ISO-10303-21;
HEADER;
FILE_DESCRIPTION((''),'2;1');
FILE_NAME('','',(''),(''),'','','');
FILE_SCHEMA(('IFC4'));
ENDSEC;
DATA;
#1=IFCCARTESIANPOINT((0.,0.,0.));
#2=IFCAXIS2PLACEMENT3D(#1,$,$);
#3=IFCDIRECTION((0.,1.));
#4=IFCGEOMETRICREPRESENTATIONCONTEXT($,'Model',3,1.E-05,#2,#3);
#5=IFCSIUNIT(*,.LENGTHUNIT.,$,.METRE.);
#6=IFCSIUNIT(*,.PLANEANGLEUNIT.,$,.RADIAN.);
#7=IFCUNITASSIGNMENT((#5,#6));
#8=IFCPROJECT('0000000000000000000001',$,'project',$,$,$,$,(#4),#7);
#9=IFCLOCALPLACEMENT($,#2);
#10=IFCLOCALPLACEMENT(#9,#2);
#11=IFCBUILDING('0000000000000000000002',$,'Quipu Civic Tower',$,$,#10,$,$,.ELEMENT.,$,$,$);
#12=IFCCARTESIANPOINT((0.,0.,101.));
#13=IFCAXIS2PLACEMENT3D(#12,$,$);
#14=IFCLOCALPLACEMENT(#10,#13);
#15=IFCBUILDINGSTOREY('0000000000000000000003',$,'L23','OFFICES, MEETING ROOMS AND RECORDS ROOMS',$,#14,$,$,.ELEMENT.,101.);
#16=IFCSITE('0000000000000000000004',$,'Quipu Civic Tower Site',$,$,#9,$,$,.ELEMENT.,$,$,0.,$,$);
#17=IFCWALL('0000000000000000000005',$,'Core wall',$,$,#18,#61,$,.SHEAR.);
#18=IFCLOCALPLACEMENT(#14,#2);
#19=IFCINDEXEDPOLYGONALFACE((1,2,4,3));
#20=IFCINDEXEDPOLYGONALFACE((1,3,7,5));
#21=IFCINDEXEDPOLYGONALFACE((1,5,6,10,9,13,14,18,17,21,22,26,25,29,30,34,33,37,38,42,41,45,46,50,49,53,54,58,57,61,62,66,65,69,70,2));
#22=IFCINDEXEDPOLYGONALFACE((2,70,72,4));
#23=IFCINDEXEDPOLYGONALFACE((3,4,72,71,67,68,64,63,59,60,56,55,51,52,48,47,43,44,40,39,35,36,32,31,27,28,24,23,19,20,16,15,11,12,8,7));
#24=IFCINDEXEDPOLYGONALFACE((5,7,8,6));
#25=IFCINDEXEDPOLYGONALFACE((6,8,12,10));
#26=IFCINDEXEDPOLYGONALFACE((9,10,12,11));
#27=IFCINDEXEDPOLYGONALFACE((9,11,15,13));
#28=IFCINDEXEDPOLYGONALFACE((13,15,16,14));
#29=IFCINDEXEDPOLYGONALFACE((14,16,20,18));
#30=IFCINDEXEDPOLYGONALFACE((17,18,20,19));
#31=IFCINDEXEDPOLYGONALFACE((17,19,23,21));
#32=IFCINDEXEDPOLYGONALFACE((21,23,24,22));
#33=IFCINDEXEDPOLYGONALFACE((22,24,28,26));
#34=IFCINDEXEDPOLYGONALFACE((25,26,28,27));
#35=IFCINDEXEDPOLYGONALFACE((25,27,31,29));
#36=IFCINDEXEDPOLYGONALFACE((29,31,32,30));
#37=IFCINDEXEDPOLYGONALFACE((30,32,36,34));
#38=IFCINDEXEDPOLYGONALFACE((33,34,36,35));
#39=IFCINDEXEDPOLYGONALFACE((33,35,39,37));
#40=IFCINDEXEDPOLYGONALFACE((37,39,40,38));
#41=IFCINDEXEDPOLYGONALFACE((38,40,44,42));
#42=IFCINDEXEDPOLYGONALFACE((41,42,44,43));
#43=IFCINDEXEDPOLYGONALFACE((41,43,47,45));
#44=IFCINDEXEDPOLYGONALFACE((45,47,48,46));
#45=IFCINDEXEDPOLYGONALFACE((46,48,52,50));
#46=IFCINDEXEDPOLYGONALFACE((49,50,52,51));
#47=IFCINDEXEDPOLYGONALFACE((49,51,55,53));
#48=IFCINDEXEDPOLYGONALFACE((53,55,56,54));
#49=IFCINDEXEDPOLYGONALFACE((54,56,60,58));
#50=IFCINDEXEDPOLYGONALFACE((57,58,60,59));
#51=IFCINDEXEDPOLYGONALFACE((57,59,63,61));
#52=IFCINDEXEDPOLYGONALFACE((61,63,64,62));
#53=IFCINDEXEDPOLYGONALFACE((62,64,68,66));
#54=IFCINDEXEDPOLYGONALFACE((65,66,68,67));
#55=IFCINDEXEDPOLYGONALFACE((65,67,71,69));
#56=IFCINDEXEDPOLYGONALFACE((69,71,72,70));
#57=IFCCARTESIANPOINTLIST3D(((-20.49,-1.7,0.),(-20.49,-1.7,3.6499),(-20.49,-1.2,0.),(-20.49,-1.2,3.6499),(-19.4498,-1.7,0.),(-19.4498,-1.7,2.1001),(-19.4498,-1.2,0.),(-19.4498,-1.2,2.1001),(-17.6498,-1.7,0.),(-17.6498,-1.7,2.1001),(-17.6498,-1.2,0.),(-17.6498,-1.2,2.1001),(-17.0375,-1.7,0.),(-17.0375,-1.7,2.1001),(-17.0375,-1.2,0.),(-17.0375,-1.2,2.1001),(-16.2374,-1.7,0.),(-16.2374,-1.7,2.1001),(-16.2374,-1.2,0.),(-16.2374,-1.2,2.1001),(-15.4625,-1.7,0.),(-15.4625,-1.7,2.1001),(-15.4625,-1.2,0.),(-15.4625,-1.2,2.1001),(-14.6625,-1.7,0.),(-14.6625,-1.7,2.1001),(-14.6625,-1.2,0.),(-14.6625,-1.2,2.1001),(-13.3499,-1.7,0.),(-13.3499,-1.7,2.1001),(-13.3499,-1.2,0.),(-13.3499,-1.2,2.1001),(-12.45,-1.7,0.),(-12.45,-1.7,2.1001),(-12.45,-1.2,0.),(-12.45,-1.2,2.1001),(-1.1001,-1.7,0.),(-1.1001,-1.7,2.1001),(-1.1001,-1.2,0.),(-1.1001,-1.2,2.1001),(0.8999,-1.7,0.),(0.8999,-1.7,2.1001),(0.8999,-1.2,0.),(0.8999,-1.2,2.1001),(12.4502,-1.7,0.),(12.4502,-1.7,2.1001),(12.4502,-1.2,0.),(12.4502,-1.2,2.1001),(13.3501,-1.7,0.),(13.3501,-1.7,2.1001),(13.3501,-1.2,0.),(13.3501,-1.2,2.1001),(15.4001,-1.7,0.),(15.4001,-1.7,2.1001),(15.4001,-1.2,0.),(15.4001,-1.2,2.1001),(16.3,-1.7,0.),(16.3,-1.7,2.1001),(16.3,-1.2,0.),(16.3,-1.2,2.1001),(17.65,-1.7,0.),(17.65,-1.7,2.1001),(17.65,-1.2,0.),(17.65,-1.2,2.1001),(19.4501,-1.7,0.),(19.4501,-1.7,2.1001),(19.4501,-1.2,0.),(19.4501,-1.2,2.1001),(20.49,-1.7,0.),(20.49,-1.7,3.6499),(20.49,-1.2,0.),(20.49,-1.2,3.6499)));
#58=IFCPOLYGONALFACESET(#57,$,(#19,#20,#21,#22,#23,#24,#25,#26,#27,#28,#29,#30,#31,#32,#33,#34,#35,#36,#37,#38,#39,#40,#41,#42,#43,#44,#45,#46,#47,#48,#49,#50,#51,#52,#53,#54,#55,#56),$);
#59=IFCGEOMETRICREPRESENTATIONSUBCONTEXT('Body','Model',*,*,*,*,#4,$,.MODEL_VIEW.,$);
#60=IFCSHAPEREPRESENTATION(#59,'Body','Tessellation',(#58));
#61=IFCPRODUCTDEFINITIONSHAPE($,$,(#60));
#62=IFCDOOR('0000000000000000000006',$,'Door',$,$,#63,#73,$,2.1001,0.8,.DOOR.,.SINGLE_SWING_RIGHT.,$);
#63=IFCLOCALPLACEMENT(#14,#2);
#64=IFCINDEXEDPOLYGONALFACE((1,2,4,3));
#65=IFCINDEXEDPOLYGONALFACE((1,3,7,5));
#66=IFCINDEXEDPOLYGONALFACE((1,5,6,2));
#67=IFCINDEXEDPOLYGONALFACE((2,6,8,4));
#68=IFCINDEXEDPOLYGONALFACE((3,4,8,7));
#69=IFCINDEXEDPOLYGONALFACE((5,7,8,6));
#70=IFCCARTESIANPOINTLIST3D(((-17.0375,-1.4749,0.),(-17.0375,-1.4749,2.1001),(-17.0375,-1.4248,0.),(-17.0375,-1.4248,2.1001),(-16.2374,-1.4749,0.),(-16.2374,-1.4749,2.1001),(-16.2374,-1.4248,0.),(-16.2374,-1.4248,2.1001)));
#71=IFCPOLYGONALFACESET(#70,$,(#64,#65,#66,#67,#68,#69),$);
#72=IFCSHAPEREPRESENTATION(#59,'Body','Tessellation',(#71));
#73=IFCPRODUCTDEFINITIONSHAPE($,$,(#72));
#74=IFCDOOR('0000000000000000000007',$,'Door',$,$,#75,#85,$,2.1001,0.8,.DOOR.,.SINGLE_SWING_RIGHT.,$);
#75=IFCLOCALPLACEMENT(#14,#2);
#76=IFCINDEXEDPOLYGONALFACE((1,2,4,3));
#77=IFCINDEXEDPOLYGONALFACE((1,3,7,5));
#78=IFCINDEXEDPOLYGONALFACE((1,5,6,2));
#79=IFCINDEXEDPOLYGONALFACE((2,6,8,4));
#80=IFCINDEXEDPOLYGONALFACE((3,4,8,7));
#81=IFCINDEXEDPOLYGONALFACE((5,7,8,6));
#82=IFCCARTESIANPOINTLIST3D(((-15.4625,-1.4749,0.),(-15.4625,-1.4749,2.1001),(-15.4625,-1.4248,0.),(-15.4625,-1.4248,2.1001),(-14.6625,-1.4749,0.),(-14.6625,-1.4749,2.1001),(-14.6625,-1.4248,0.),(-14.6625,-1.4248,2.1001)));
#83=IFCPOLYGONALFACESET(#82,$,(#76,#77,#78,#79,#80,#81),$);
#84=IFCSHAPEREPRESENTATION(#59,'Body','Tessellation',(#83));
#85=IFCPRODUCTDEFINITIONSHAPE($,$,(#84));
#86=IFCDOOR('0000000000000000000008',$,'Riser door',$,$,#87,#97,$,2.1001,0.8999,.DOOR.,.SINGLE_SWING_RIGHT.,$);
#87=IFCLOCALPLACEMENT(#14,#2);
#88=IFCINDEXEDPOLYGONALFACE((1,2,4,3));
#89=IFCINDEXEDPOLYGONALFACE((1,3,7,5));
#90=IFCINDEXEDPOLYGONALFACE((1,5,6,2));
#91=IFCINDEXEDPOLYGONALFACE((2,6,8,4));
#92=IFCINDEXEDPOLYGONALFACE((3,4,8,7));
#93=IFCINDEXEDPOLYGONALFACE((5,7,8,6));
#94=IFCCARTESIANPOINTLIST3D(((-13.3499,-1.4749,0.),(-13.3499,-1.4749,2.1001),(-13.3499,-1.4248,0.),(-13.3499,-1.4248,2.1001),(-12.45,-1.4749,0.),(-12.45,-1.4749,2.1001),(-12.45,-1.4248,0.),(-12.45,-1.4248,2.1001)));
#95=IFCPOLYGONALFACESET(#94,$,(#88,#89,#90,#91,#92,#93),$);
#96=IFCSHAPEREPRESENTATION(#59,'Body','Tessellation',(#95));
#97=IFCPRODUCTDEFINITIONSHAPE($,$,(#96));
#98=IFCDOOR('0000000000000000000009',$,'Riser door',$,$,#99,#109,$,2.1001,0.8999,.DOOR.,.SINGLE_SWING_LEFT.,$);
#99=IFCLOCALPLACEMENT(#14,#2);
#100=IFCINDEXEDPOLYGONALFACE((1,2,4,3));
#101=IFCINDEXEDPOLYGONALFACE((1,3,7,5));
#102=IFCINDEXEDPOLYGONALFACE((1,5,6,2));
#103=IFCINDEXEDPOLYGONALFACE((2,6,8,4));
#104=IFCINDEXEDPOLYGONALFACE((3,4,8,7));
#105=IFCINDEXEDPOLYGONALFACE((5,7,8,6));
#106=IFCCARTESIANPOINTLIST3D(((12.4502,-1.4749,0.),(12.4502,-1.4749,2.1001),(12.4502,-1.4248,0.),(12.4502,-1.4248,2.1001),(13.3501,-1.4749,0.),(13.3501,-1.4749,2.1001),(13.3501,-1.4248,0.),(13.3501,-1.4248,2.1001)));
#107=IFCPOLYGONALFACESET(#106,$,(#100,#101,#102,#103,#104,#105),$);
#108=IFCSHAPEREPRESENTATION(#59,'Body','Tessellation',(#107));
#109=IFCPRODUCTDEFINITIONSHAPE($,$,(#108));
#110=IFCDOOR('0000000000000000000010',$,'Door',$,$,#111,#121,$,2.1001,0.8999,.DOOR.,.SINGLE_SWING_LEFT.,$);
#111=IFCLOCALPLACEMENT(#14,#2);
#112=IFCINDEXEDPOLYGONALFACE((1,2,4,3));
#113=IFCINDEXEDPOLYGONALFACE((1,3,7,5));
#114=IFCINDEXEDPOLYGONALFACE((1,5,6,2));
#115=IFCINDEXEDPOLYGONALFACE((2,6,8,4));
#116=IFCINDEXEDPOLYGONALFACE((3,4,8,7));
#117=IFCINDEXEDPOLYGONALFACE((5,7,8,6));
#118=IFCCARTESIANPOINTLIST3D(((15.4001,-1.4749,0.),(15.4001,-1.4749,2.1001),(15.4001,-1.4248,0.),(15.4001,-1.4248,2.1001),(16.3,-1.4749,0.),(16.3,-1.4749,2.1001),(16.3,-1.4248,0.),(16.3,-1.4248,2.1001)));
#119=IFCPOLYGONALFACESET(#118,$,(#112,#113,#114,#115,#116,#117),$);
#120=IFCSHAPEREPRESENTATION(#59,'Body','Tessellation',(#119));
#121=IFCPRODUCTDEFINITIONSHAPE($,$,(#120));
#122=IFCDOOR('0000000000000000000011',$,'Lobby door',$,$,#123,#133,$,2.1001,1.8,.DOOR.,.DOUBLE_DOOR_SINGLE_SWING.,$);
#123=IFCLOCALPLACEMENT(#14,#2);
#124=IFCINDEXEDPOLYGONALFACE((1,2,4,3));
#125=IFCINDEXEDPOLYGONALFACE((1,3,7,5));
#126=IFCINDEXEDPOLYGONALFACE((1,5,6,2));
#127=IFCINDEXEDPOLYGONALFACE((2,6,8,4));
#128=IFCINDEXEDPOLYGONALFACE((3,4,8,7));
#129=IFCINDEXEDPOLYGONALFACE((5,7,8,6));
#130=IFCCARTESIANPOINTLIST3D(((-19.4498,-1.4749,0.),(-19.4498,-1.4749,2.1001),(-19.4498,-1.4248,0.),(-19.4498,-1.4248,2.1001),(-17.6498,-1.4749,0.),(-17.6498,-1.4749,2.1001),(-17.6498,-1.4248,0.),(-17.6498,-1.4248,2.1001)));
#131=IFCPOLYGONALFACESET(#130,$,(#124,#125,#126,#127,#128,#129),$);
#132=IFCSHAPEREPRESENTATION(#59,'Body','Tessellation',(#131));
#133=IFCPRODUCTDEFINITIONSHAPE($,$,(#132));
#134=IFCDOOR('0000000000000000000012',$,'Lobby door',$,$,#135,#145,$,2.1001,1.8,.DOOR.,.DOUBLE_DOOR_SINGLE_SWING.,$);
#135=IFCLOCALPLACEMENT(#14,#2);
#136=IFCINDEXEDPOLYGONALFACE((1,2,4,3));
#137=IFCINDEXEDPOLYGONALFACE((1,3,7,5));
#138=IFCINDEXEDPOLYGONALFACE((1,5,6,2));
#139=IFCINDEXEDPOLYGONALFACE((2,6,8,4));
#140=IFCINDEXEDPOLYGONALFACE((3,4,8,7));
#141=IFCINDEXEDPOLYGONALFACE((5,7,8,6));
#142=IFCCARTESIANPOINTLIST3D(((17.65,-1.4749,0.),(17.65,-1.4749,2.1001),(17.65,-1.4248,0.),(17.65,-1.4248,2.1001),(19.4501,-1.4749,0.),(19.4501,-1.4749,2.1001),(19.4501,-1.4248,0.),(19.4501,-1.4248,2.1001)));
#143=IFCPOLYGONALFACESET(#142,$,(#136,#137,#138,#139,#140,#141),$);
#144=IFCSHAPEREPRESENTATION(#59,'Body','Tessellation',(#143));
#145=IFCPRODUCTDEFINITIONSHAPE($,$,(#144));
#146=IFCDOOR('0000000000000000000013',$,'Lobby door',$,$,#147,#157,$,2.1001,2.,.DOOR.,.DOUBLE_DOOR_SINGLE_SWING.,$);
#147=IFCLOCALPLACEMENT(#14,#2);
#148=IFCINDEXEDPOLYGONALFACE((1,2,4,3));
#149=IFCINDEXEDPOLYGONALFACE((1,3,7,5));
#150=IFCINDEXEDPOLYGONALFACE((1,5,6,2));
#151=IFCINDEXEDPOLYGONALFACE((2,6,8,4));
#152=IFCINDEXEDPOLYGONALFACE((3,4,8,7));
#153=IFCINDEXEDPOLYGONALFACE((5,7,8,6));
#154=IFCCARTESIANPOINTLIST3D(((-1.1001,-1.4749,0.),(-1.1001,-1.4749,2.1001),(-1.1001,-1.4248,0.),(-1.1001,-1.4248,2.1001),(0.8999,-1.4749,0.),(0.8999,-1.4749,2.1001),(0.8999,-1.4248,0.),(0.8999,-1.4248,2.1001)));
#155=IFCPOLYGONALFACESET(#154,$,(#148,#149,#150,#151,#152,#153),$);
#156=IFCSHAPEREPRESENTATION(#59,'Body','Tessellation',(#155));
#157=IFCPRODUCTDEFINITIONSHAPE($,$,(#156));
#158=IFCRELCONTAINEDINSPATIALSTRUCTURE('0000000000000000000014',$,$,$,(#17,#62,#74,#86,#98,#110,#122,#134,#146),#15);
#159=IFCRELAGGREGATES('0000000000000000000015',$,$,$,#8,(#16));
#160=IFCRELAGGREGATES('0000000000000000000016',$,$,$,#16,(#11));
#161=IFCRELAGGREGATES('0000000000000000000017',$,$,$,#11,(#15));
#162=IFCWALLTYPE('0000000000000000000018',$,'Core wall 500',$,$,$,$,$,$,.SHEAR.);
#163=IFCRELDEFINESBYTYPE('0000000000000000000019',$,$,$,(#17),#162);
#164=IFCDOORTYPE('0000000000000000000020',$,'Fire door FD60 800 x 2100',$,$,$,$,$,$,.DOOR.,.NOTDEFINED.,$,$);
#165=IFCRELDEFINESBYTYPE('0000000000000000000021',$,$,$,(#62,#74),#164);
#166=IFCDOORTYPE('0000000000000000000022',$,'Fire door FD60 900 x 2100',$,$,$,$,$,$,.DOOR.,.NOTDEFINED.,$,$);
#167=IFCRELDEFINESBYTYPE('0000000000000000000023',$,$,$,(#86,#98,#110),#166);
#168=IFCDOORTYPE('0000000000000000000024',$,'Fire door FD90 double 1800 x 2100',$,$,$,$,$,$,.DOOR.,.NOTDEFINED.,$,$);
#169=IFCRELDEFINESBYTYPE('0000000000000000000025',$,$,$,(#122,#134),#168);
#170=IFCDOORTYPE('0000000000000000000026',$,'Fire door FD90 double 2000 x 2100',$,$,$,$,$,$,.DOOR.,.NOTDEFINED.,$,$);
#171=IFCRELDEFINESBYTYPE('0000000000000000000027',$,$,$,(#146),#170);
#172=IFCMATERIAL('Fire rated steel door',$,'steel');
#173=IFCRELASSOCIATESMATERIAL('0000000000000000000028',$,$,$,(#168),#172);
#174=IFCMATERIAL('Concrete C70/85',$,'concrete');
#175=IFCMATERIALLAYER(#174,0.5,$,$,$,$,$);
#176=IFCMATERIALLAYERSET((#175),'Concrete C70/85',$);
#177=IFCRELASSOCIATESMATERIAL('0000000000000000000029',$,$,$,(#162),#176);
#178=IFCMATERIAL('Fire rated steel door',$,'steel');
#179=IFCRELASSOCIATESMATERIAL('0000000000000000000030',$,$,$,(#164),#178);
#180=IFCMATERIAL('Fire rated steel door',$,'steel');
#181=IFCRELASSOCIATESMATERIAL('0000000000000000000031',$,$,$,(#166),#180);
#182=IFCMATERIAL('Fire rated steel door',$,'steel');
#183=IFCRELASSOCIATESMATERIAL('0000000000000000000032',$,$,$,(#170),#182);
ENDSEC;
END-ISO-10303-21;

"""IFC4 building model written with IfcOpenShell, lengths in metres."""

from ifc_helpers import new_model, si_unit, direction, frame, frame_2d, origin, place, context, subcontext, project, spatial, rectangle, extrude, material, layer, layer_set, type_object, element, fill, save


model = new_model("IFC4")

# Units and contexts
model_context = context("Model", 3, precision=1e-05, world=origin(), true_north=direction((0.0, 1.0)))
body_context = subcontext(model_context, "Body", "Model", "MODEL_VIEW")
ifc_project = project(units=[si_unit("LENGTHUNIT", "METRE"), si_unit("PLANEANGLEUNIT", "RADIAN")], contexts=[model_context])

# Site, building, storey
site_placement = place(None, origin())
site = spatial("IfcSite", under=ifc_project, at=site_placement, Name="Quipu Civic Tower Site", CompositionType="ELEMENT", RefElevation=0.0)
building_placement = place(site_placement, origin())
building = spatial("IfcBuilding", under=site, at=building_placement, Name="Quipu Civic Tower", CompositionType="ELEMENT")
storey_placement = place(building_placement, frame((0.0, 0.0, 101.0)))
storey = spatial("IfcBuildingStorey", under=building, at=storey_placement, Name="L23", Description="OFFICES, MEETING ROOMS AND RECORDS ROOMS", CompositionType="ELEMENT", Elevation=101.0)

# Shared definitions
ifc_material_1 = material(Name="Fire rated steel door", Category="steel")
door_type_1 = type_object("IfcDoorType", Name="Fire door FD90 double 1800 x 2100", OperationType="NOTDEFINED", PredefinedType="DOOR", material=ifc_material_1)

# Shared definitions
ifc_material_2 = material(Name="Concrete C70/85", Category="concrete")
ifc_layer_1 = layer(ifc_material_2, 0.5)
ifc_layer_set_1 = layer_set([ifc_layer_1], Name="Concrete C70/85")
wall_type_1 = type_object("IfcWallType", Name="Core wall 500", PredefinedType="SHEAR", material=ifc_layer_set_1)

# Wall, openings, doors
wall_1_placement = place(storey_placement, frame((20.49, -1.45, 0.0), z_axis=(0.0, 0.0, 1.0), x_axis=(-1.0, 0.0, 0.0)))
wall_1 = element("IfcWall", 1, at=wall_1_placement, inside=storey, type_object=wall_type_1, Name="Core wall", PredefinedType="SHEAR", context=body_context, shape_type="SweptSolid", body=[
    extrude(rectangle(XDim=40.98, YDim=0.5, at=frame_2d((20.49, 0.0))), origin(), (0.0, 0.0, 1.0), 3.6499),
])
opening_1_placement = place(wall_1_placement, frame((38.1399, 0.0, 0.0)))
opening_1 = element("IfcOpeningElement", 2, at=opening_1_placement, cuts=wall_1, PredefinedType="OPENING", context=body_context, shape_type="SweptSolid", body=[
    extrude(rectangle(XDim=1.8, YDim=2.1001, at=frame_2d((0.8999, 1.05))), frame((0.0, 0.26, 0.0), z_axis=(0.0, -1.0, 0.0), x_axis=(1.0, 0.0, 0.0)), (0.0, 0.0, 1.0), 0.52),
])
opening_2_placement = place(wall_1_placement, frame((36.7275, 0.0, 0.0)))
opening_2 = element("IfcOpeningElement", 3, at=opening_2_placement, cuts=wall_1, PredefinedType="OPENING", context=body_context, shape_type="SweptSolid", body=[
    extrude(rectangle(XDim=0.8, YDim=2.1001, at=frame_2d((0.3999, 1.05))), frame((0.0, 0.26, 0.0), z_axis=(0.0, -1.0, 0.0), x_axis=(1.0, 0.0, 0.0)), (0.0, 0.0, 1.0), 0.52),
])
opening_3_placement = place(wall_1_placement, frame((35.1526, 0.0, 0.0)))
opening_3 = element("IfcOpeningElement", 4, at=opening_3_placement, cuts=wall_1, PredefinedType="OPENING", context=body_context, shape_type="SweptSolid", body=[
    extrude(rectangle(XDim=0.8, YDim=2.1001, at=frame_2d((0.3999, 1.05))), frame((0.0, 0.26, 0.0), z_axis=(0.0, -1.0, 0.0), x_axis=(1.0, 0.0, 0.0)), (0.0, 0.0, 1.0), 0.52),
])
opening_4_placement = place(wall_1_placement, frame((32.9399, 0.0, 0.0)))
opening_4 = element("IfcOpeningElement", 5, at=opening_4_placement, cuts=wall_1, PredefinedType="OPENING", context=body_context, shape_type="SweptSolid", body=[
    extrude(rectangle(XDim=0.8999, YDim=2.1001, at=frame_2d((0.45, 1.05))), frame((0.0, 0.26, 0.0), z_axis=(0.0, -1.0, 0.0), x_axis=(1.0, 0.0, 0.0)), (0.0, 0.0, 1.0), 0.52),
])
opening_5_placement = place(wall_1_placement, frame((19.5901, 0.0, 0.0)))
opening_5 = element("IfcOpeningElement", 6, at=opening_5_placement, cuts=wall_1, PredefinedType="OPENING", context=body_context, shape_type="SweptSolid", body=[
    extrude(rectangle(XDim=2.0, YDim=2.1001, at=frame_2d((1.0, 1.05))), frame((0.0, 0.26, 0.0), z_axis=(0.0, -1.0, 0.0), x_axis=(1.0, 0.0, 0.0)), (0.0, 0.0, 1.0), 0.52),
])
opening_6_placement = place(wall_1_placement, frame((7.1399, 0.0, 0.0)))
opening_6 = element("IfcOpeningElement", 7, at=opening_6_placement, cuts=wall_1, PredefinedType="OPENING", context=body_context, shape_type="SweptSolid", body=[
    extrude(rectangle(XDim=0.8999, YDim=2.1001, at=frame_2d((0.45, 1.05))), frame((0.0, 0.26, 0.0), z_axis=(0.0, -1.0, 0.0), x_axis=(1.0, 0.0, 0.0)), (0.0, 0.0, 1.0), 0.52),
])
opening_7_placement = place(wall_1_placement, frame((4.1899, 0.0, 0.0)))
opening_7 = element("IfcOpeningElement", 8, at=opening_7_placement, cuts=wall_1, PredefinedType="OPENING", context=body_context, shape_type="SweptSolid", body=[
    extrude(rectangle(XDim=0.8999, YDim=2.1001, at=frame_2d((0.45, 1.05))), frame((0.0, 0.26, 0.0), z_axis=(0.0, -1.0, 0.0), x_axis=(1.0, 0.0, 0.0)), (0.0, 0.0, 1.0), 0.52),
])
opening_8_placement = place(wall_1_placement, frame((1.04, 0.0, 0.0)))
opening_8 = element("IfcOpeningElement", 9, at=opening_8_placement, cuts=wall_1, PredefinedType="OPENING", context=body_context, shape_type="SweptSolid", body=[
    extrude(rectangle(XDim=1.8, YDim=2.1001, at=frame_2d((0.8999, 1.05))), frame((0.0, 0.26, 0.0), z_axis=(0.0, -1.0, 0.0), x_axis=(1.0, 0.0, 0.0)), (0.0, 0.0, 1.0), 0.52),
])
ifc_material_3 = material(Name="Fire rated steel door", Category="steel")
door_type_2 = type_object("IfcDoorType", Name="Fire door FD60 800 x 2100", OperationType="NOTDEFINED", PredefinedType="DOOR", material=ifc_material_3)
door_1_placement = place(opening_2_placement, origin())
door_1 = element("IfcDoor", 10, at=door_1_placement, inside=storey, type_object=door_type_2, Name="Door", OperationType="SINGLE_SWING_RIGHT", OverallHeight=2.1001, OverallWidth=0.8, PredefinedType="DOOR", context=body_context, shape_type="SweptSolid", body=[
    extrude(rectangle(XDim=0.8, YDim=2.1001, at=frame_2d((0.3999, 1.05))), frame((0.0, 0.0249, 0.0), z_axis=(0.0, -1.0, 0.0), x_axis=(1.0, 0.0, 0.0)), (0.0, 0.0, 1.0), 0.05),
])
fill(opening_2, door_1)
door_2_placement = place(opening_3_placement, origin())
door_2 = element("IfcDoor", 11, at=door_2_placement, inside=storey, type_object=door_type_2, Name="Door", OperationType="SINGLE_SWING_RIGHT", OverallHeight=2.1001, OverallWidth=0.8, PredefinedType="DOOR", context=body_context, shape_type="SweptSolid", body=[
    extrude(rectangle(XDim=0.8, YDim=2.1001, at=frame_2d((0.3999, 1.05))), frame((0.0, 0.0249, 0.0), z_axis=(0.0, -1.0, 0.0), x_axis=(1.0, 0.0, 0.0)), (0.0, 0.0, 1.0), 0.05),
])
fill(opening_3, door_2)
ifc_material_4 = material(Name="Fire rated steel door", Category="steel")
door_type_3 = type_object("IfcDoorType", Name="Fire door FD60 900 x 2100", OperationType="NOTDEFINED", PredefinedType="DOOR", material=ifc_material_4)
door_3_placement = place(opening_4_placement, origin())
door_3 = element("IfcDoor", 12, at=door_3_placement, inside=storey, type_object=door_type_3, Name="Riser door", OperationType="SINGLE_SWING_RIGHT", OverallHeight=2.1001, OverallWidth=0.8999, PredefinedType="DOOR", context=body_context, shape_type="SweptSolid", body=[
    extrude(rectangle(XDim=0.8999, YDim=2.1001, at=frame_2d((0.45, 1.05))), frame((0.0, 0.0249, 0.0), z_axis=(0.0, -1.0, 0.0), x_axis=(1.0, 0.0, 0.0)), (0.0, 0.0, 1.0), 0.05),
])
fill(opening_4, door_3)
door_4_placement = place(opening_6_placement, origin())
door_4 = element("IfcDoor", 13, at=door_4_placement, inside=storey, type_object=door_type_3, Name="Riser door", OperationType="SINGLE_SWING_LEFT", OverallHeight=2.1001, OverallWidth=0.8999, PredefinedType="DOOR", context=body_context, shape_type="SweptSolid", body=[
    extrude(rectangle(XDim=0.8999, YDim=2.1001, at=frame_2d((0.45, 1.05))), frame((0.0, 0.0249, 0.0), z_axis=(0.0, -1.0, 0.0), x_axis=(1.0, 0.0, 0.0)), (0.0, 0.0, 1.0), 0.05),
])
fill(opening_6, door_4)
door_5_placement = place(opening_7_placement, origin())
door_5 = element("IfcDoor", 14, at=door_5_placement, inside=storey, type_object=door_type_3, Name="Door", OperationType="SINGLE_SWING_LEFT", OverallHeight=2.1001, OverallWidth=0.8999, PredefinedType="DOOR", context=body_context, shape_type="SweptSolid", body=[
    extrude(rectangle(XDim=0.8999, YDim=2.1001, at=frame_2d((0.45, 1.05))), frame((0.0, 0.0249, 0.0), z_axis=(0.0, -1.0, 0.0), x_axis=(1.0, 0.0, 0.0)), (0.0, 0.0, 1.0), 0.05),
])
fill(opening_7, door_5)
door_6_placement = place(opening_1_placement, origin())
door_6 = element("IfcDoor", 15, at=door_6_placement, inside=storey, type_object=door_type_1, Name="Lobby door", OperationType="DOUBLE_DOOR_SINGLE_SWING", OverallHeight=2.1001, OverallWidth=1.8, PredefinedType="DOOR", context=body_context, shape_type="SweptSolid", body=[
    extrude(rectangle(XDim=1.8, YDim=2.1001, at=frame_2d((0.8999, 1.05))), frame((0.0, 0.0249, 0.0), z_axis=(0.0, -1.0, 0.0), x_axis=(1.0, 0.0, 0.0)), (0.0, 0.0, 1.0), 0.05),
])
fill(opening_1, door_6)
door_7_placement = place(opening_8_placement, origin())
door_7 = element("IfcDoor", 16, at=door_7_placement, inside=storey, type_object=door_type_1, Name="Lobby door", OperationType="DOUBLE_DOOR_SINGLE_SWING", OverallHeight=2.1001, OverallWidth=1.8, PredefinedType="DOOR", context=body_context, shape_type="SweptSolid", body=[
    extrude(rectangle(XDim=1.8, YDim=2.1001, at=frame_2d((0.8999, 1.05))), frame((0.0, 0.0249, 0.0), z_axis=(0.0, -1.0, 0.0), x_axis=(1.0, 0.0, 0.0)), (0.0, 0.0, 1.0), 0.05),
])
fill(opening_8, door_7)
ifc_material_5 = material(Name="Fire rated steel door", Category="steel")
door_type_4 = type_object("IfcDoorType", Name="Fire door FD90 double 2000 x 2100", OperationType="NOTDEFINED", PredefinedType="DOOR", material=ifc_material_5)
door_8_placement = place(opening_5_placement, origin())
door_8 = element("IfcDoor", 17, at=door_8_placement, inside=storey, type_object=door_type_4, Name="Lobby door", OperationType="DOUBLE_DOOR_SINGLE_SWING", OverallHeight=2.1001, OverallWidth=2.0, PredefinedType="DOOR", context=body_context, shape_type="SweptSolid", body=[
    extrude(rectangle(XDim=2.0, YDim=2.1001, at=frame_2d((1.0, 1.05))), frame((0.0, 0.0249, 0.0), z_axis=(0.0, -1.0, 0.0), x_axis=(1.0, 0.0, 0.0)), (0.0, 0.0, 1.0), 0.05),
])
fill(opening_5, door_8)

save(model, "model.ifc")
